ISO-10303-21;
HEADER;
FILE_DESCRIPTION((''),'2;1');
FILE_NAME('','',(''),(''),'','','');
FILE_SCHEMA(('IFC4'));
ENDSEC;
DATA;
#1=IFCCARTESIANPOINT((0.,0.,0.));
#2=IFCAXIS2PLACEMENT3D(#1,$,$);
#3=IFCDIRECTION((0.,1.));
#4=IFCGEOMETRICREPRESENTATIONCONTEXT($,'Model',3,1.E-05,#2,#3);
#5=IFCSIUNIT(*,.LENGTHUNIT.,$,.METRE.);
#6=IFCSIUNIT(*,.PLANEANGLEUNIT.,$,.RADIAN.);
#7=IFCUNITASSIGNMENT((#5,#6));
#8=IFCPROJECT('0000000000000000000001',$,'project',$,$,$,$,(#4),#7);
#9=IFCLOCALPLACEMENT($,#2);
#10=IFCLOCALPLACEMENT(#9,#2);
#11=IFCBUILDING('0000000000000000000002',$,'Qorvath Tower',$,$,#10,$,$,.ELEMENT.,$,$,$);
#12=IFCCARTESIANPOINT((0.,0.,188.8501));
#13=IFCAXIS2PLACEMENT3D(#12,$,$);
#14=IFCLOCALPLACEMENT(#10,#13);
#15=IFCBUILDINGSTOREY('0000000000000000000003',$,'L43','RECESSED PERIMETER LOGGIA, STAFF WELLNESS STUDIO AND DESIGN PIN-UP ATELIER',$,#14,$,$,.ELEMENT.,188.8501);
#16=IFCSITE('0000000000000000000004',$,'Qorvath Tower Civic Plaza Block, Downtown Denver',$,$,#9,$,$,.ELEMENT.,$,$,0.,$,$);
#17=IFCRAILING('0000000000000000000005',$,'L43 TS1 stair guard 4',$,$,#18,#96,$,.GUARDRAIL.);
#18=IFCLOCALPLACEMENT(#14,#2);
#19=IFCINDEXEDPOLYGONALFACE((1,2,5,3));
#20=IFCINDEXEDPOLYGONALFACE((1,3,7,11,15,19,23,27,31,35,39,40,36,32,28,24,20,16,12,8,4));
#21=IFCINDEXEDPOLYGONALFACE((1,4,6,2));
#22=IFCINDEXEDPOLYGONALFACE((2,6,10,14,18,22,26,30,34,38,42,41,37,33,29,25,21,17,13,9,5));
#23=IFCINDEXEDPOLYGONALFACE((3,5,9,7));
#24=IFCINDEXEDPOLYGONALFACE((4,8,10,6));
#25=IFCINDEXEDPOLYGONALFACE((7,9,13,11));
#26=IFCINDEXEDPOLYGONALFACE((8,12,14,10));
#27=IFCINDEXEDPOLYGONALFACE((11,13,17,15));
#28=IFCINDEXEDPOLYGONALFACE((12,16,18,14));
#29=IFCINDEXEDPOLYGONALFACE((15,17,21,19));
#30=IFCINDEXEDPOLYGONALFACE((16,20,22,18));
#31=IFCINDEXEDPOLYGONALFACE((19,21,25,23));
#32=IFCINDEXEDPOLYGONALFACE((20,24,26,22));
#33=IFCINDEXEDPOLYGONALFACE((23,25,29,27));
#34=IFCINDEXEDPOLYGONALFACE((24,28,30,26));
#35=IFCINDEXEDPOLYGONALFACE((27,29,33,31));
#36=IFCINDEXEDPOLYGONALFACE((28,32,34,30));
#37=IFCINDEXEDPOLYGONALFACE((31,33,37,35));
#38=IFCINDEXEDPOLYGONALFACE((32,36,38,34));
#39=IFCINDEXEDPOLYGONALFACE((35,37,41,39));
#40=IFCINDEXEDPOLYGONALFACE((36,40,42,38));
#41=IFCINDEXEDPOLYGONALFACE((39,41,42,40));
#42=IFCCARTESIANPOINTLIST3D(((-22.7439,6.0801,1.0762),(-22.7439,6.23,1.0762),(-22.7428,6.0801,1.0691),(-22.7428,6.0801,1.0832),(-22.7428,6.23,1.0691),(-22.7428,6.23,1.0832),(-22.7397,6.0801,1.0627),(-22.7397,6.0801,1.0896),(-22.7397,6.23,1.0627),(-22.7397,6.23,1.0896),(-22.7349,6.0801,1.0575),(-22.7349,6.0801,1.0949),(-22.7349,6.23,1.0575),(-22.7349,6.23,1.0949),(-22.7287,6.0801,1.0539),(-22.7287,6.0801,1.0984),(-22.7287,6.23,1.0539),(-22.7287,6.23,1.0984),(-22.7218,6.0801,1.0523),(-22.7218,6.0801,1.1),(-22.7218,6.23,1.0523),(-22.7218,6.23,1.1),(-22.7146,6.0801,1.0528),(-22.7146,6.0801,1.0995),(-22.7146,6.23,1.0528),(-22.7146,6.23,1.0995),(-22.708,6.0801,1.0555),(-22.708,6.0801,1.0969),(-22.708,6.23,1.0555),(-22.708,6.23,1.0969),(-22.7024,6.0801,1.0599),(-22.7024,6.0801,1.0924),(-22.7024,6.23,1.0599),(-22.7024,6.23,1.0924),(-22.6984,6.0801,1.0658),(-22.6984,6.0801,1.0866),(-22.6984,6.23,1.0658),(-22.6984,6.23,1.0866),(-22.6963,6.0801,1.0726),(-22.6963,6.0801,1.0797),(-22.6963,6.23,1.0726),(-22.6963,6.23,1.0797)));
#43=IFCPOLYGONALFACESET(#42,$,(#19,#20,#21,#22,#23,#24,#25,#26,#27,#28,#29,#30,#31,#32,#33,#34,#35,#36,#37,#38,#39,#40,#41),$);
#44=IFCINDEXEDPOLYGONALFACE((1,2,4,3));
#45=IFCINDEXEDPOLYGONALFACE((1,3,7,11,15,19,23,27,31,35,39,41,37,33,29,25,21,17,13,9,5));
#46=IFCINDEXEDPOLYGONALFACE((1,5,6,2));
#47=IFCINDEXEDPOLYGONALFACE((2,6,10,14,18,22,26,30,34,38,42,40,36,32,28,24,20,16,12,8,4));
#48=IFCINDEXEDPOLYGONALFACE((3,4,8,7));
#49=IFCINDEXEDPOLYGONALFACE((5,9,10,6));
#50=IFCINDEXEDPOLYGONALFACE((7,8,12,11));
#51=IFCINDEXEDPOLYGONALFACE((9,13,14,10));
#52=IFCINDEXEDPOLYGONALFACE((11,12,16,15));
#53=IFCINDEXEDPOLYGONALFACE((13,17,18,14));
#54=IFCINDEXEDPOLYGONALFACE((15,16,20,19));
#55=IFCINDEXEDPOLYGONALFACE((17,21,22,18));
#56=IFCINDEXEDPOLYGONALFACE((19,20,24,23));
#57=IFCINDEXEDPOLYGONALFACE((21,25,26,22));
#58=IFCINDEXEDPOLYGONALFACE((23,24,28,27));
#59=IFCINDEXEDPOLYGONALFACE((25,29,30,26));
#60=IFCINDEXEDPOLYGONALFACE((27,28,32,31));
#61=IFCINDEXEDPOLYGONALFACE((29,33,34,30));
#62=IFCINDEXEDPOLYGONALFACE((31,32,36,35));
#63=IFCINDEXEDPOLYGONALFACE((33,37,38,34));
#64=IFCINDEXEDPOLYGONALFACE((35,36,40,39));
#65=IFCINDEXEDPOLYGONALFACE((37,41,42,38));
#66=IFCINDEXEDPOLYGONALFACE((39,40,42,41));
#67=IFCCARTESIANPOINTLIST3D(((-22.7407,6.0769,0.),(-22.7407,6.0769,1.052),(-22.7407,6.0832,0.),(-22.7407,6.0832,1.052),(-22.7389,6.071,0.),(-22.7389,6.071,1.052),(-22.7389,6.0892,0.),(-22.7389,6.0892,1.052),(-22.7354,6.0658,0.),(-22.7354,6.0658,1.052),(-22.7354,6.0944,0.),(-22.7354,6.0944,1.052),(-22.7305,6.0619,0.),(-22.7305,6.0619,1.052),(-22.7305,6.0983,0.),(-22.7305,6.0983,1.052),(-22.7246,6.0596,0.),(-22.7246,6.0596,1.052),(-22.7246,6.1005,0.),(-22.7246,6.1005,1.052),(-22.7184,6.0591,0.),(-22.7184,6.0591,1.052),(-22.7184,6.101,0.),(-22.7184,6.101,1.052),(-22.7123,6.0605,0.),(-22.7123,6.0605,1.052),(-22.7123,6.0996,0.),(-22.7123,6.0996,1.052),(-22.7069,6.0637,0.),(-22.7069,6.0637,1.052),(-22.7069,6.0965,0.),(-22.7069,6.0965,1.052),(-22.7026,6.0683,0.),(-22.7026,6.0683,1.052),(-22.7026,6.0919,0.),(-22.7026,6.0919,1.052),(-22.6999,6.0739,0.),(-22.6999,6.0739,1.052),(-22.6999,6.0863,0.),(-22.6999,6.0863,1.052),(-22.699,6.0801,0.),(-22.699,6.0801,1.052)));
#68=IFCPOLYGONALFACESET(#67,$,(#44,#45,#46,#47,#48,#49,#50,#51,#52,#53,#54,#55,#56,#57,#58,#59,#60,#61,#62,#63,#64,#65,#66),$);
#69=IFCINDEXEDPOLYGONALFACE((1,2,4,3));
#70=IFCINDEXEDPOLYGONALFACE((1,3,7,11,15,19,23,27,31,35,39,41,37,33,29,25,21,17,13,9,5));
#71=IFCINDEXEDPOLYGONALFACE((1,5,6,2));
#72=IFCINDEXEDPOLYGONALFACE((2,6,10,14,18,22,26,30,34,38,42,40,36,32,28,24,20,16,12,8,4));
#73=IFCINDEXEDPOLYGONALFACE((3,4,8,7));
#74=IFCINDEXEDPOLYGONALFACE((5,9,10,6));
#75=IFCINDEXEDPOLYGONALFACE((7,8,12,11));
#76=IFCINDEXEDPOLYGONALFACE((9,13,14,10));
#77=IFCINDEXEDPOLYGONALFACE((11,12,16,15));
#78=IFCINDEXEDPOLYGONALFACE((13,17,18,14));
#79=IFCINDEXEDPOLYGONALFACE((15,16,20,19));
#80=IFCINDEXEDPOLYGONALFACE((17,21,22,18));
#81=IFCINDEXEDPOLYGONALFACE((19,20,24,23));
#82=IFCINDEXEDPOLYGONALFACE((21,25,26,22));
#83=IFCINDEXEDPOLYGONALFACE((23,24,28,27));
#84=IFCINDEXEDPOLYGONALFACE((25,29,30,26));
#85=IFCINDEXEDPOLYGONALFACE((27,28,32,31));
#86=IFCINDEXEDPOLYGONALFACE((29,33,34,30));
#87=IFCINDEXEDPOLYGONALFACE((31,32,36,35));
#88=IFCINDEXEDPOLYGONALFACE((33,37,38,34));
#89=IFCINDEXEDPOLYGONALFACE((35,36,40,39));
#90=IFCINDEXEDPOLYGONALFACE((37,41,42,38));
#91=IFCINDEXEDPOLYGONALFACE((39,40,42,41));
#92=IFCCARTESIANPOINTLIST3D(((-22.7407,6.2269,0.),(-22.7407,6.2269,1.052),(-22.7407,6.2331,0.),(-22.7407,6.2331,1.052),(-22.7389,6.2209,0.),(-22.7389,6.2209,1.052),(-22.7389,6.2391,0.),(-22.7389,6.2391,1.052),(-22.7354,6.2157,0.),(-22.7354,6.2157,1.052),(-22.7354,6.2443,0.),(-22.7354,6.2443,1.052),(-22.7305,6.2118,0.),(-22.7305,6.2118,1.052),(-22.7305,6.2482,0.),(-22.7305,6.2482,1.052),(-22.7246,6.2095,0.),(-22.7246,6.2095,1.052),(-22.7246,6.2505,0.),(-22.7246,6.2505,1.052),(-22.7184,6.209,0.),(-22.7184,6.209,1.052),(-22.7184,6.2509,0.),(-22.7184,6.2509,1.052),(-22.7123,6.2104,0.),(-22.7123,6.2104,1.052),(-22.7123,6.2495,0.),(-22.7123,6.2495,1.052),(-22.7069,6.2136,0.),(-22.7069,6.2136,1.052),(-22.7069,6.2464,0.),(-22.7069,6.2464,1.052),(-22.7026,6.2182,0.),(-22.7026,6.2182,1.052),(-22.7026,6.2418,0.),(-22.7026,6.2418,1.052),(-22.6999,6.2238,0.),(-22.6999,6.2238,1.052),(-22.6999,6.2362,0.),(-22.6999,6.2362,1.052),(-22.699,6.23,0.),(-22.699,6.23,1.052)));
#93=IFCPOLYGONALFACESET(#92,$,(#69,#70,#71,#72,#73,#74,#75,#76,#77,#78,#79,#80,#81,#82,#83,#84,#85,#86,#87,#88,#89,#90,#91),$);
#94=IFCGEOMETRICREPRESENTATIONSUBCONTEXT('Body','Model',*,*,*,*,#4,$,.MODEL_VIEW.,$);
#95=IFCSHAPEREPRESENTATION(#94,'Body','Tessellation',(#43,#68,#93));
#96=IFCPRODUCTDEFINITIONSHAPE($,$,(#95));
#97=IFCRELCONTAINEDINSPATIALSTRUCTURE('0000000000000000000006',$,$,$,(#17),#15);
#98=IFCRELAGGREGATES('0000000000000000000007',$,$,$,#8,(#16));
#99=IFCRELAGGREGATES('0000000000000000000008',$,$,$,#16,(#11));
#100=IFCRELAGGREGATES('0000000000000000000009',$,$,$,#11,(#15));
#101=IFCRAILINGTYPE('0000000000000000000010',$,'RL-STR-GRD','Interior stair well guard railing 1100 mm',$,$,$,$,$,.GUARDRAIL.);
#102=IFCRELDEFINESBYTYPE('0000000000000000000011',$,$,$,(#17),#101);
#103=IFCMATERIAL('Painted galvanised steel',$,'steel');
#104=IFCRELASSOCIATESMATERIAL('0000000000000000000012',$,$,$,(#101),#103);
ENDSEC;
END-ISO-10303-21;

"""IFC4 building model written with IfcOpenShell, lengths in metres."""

from ifc_helpers import new_model, si_unit, direction, frame, origin, origin_2d, place, context, subcontext, project, spatial, circle, extrude, material, type_object, element, save


model = new_model("IFC4")

# Units and contexts
model_context = context("Model", 3, precision=1e-05, world=origin(), true_north=direction((0.0, 1.0)))
body_context = subcontext(model_context, "Body", "Model", "MODEL_VIEW")
ifc_project = project(units=[si_unit("LENGTHUNIT", "METRE"), si_unit("PLANEANGLEUNIT", "RADIAN")], contexts=[model_context])

# Site, building, storey
site_placement = place(None, origin())
site = spatial("IfcSite", under=ifc_project, at=site_placement, Name="Qorvath Tower Civic Plaza Block, Downtown Denver", CompositionType="ELEMENT", RefElevation=0.0)
building_placement = place(site_placement, origin())
building = spatial("IfcBuilding", under=site, at=building_placement, Name="Qorvath Tower", CompositionType="ELEMENT")
storey_placement = place(building_placement, frame((0.0, 0.0, 188.8501)))
storey = spatial("IfcBuildingStorey", under=building, at=storey_placement, Name="L43", Description="RECESSED PERIMETER LOGGIA, STAFF WELLNESS STUDIO AND DESIGN PIN-UP ATELIER", CompositionType="ELEMENT", Elevation=188.8501)

# Railing
ifc_material_1 = material(Name="Painted galvanised steel", Category="steel")
railing_type_1 = type_object("IfcRailingType", Name="RL-STR-GRD", Description="Interior stair well guard railing 1100 mm", PredefinedType="GUARDRAIL", material=ifc_material_1)
railing_1_placement = place(storey_placement, frame((-22.72, 6.0801, 0.0)))
element("IfcRailing", 1, at=railing_1_placement, inside=storey, type_object=railing_type_1, Name="L43 TS1 stair guard 4", PredefinedType="GUARDRAIL", context=body_context, shape_type="SweptSolid", body=[
    extrude(circle(Radius=0.0239, at=origin_2d()), frame((0.0, 0.0, 1.0762), z_axis=(0.0, 1.0, 0.0), x_axis=(-1.0, 0.0, 0.0)), (0.0, 0.0, 1.0), 0.1499),
    extrude(circle(Radius=0.021, at=origin_2d()), origin(), (0.0, 0.0, 1.0), 1.052),
    extrude(circle(Radius=0.021, at=origin_2d()), frame((0.0, 0.1499, 0.0)), (0.0, 0.0, 1.0), 1.052),
])

save(model, "model.ifc")
